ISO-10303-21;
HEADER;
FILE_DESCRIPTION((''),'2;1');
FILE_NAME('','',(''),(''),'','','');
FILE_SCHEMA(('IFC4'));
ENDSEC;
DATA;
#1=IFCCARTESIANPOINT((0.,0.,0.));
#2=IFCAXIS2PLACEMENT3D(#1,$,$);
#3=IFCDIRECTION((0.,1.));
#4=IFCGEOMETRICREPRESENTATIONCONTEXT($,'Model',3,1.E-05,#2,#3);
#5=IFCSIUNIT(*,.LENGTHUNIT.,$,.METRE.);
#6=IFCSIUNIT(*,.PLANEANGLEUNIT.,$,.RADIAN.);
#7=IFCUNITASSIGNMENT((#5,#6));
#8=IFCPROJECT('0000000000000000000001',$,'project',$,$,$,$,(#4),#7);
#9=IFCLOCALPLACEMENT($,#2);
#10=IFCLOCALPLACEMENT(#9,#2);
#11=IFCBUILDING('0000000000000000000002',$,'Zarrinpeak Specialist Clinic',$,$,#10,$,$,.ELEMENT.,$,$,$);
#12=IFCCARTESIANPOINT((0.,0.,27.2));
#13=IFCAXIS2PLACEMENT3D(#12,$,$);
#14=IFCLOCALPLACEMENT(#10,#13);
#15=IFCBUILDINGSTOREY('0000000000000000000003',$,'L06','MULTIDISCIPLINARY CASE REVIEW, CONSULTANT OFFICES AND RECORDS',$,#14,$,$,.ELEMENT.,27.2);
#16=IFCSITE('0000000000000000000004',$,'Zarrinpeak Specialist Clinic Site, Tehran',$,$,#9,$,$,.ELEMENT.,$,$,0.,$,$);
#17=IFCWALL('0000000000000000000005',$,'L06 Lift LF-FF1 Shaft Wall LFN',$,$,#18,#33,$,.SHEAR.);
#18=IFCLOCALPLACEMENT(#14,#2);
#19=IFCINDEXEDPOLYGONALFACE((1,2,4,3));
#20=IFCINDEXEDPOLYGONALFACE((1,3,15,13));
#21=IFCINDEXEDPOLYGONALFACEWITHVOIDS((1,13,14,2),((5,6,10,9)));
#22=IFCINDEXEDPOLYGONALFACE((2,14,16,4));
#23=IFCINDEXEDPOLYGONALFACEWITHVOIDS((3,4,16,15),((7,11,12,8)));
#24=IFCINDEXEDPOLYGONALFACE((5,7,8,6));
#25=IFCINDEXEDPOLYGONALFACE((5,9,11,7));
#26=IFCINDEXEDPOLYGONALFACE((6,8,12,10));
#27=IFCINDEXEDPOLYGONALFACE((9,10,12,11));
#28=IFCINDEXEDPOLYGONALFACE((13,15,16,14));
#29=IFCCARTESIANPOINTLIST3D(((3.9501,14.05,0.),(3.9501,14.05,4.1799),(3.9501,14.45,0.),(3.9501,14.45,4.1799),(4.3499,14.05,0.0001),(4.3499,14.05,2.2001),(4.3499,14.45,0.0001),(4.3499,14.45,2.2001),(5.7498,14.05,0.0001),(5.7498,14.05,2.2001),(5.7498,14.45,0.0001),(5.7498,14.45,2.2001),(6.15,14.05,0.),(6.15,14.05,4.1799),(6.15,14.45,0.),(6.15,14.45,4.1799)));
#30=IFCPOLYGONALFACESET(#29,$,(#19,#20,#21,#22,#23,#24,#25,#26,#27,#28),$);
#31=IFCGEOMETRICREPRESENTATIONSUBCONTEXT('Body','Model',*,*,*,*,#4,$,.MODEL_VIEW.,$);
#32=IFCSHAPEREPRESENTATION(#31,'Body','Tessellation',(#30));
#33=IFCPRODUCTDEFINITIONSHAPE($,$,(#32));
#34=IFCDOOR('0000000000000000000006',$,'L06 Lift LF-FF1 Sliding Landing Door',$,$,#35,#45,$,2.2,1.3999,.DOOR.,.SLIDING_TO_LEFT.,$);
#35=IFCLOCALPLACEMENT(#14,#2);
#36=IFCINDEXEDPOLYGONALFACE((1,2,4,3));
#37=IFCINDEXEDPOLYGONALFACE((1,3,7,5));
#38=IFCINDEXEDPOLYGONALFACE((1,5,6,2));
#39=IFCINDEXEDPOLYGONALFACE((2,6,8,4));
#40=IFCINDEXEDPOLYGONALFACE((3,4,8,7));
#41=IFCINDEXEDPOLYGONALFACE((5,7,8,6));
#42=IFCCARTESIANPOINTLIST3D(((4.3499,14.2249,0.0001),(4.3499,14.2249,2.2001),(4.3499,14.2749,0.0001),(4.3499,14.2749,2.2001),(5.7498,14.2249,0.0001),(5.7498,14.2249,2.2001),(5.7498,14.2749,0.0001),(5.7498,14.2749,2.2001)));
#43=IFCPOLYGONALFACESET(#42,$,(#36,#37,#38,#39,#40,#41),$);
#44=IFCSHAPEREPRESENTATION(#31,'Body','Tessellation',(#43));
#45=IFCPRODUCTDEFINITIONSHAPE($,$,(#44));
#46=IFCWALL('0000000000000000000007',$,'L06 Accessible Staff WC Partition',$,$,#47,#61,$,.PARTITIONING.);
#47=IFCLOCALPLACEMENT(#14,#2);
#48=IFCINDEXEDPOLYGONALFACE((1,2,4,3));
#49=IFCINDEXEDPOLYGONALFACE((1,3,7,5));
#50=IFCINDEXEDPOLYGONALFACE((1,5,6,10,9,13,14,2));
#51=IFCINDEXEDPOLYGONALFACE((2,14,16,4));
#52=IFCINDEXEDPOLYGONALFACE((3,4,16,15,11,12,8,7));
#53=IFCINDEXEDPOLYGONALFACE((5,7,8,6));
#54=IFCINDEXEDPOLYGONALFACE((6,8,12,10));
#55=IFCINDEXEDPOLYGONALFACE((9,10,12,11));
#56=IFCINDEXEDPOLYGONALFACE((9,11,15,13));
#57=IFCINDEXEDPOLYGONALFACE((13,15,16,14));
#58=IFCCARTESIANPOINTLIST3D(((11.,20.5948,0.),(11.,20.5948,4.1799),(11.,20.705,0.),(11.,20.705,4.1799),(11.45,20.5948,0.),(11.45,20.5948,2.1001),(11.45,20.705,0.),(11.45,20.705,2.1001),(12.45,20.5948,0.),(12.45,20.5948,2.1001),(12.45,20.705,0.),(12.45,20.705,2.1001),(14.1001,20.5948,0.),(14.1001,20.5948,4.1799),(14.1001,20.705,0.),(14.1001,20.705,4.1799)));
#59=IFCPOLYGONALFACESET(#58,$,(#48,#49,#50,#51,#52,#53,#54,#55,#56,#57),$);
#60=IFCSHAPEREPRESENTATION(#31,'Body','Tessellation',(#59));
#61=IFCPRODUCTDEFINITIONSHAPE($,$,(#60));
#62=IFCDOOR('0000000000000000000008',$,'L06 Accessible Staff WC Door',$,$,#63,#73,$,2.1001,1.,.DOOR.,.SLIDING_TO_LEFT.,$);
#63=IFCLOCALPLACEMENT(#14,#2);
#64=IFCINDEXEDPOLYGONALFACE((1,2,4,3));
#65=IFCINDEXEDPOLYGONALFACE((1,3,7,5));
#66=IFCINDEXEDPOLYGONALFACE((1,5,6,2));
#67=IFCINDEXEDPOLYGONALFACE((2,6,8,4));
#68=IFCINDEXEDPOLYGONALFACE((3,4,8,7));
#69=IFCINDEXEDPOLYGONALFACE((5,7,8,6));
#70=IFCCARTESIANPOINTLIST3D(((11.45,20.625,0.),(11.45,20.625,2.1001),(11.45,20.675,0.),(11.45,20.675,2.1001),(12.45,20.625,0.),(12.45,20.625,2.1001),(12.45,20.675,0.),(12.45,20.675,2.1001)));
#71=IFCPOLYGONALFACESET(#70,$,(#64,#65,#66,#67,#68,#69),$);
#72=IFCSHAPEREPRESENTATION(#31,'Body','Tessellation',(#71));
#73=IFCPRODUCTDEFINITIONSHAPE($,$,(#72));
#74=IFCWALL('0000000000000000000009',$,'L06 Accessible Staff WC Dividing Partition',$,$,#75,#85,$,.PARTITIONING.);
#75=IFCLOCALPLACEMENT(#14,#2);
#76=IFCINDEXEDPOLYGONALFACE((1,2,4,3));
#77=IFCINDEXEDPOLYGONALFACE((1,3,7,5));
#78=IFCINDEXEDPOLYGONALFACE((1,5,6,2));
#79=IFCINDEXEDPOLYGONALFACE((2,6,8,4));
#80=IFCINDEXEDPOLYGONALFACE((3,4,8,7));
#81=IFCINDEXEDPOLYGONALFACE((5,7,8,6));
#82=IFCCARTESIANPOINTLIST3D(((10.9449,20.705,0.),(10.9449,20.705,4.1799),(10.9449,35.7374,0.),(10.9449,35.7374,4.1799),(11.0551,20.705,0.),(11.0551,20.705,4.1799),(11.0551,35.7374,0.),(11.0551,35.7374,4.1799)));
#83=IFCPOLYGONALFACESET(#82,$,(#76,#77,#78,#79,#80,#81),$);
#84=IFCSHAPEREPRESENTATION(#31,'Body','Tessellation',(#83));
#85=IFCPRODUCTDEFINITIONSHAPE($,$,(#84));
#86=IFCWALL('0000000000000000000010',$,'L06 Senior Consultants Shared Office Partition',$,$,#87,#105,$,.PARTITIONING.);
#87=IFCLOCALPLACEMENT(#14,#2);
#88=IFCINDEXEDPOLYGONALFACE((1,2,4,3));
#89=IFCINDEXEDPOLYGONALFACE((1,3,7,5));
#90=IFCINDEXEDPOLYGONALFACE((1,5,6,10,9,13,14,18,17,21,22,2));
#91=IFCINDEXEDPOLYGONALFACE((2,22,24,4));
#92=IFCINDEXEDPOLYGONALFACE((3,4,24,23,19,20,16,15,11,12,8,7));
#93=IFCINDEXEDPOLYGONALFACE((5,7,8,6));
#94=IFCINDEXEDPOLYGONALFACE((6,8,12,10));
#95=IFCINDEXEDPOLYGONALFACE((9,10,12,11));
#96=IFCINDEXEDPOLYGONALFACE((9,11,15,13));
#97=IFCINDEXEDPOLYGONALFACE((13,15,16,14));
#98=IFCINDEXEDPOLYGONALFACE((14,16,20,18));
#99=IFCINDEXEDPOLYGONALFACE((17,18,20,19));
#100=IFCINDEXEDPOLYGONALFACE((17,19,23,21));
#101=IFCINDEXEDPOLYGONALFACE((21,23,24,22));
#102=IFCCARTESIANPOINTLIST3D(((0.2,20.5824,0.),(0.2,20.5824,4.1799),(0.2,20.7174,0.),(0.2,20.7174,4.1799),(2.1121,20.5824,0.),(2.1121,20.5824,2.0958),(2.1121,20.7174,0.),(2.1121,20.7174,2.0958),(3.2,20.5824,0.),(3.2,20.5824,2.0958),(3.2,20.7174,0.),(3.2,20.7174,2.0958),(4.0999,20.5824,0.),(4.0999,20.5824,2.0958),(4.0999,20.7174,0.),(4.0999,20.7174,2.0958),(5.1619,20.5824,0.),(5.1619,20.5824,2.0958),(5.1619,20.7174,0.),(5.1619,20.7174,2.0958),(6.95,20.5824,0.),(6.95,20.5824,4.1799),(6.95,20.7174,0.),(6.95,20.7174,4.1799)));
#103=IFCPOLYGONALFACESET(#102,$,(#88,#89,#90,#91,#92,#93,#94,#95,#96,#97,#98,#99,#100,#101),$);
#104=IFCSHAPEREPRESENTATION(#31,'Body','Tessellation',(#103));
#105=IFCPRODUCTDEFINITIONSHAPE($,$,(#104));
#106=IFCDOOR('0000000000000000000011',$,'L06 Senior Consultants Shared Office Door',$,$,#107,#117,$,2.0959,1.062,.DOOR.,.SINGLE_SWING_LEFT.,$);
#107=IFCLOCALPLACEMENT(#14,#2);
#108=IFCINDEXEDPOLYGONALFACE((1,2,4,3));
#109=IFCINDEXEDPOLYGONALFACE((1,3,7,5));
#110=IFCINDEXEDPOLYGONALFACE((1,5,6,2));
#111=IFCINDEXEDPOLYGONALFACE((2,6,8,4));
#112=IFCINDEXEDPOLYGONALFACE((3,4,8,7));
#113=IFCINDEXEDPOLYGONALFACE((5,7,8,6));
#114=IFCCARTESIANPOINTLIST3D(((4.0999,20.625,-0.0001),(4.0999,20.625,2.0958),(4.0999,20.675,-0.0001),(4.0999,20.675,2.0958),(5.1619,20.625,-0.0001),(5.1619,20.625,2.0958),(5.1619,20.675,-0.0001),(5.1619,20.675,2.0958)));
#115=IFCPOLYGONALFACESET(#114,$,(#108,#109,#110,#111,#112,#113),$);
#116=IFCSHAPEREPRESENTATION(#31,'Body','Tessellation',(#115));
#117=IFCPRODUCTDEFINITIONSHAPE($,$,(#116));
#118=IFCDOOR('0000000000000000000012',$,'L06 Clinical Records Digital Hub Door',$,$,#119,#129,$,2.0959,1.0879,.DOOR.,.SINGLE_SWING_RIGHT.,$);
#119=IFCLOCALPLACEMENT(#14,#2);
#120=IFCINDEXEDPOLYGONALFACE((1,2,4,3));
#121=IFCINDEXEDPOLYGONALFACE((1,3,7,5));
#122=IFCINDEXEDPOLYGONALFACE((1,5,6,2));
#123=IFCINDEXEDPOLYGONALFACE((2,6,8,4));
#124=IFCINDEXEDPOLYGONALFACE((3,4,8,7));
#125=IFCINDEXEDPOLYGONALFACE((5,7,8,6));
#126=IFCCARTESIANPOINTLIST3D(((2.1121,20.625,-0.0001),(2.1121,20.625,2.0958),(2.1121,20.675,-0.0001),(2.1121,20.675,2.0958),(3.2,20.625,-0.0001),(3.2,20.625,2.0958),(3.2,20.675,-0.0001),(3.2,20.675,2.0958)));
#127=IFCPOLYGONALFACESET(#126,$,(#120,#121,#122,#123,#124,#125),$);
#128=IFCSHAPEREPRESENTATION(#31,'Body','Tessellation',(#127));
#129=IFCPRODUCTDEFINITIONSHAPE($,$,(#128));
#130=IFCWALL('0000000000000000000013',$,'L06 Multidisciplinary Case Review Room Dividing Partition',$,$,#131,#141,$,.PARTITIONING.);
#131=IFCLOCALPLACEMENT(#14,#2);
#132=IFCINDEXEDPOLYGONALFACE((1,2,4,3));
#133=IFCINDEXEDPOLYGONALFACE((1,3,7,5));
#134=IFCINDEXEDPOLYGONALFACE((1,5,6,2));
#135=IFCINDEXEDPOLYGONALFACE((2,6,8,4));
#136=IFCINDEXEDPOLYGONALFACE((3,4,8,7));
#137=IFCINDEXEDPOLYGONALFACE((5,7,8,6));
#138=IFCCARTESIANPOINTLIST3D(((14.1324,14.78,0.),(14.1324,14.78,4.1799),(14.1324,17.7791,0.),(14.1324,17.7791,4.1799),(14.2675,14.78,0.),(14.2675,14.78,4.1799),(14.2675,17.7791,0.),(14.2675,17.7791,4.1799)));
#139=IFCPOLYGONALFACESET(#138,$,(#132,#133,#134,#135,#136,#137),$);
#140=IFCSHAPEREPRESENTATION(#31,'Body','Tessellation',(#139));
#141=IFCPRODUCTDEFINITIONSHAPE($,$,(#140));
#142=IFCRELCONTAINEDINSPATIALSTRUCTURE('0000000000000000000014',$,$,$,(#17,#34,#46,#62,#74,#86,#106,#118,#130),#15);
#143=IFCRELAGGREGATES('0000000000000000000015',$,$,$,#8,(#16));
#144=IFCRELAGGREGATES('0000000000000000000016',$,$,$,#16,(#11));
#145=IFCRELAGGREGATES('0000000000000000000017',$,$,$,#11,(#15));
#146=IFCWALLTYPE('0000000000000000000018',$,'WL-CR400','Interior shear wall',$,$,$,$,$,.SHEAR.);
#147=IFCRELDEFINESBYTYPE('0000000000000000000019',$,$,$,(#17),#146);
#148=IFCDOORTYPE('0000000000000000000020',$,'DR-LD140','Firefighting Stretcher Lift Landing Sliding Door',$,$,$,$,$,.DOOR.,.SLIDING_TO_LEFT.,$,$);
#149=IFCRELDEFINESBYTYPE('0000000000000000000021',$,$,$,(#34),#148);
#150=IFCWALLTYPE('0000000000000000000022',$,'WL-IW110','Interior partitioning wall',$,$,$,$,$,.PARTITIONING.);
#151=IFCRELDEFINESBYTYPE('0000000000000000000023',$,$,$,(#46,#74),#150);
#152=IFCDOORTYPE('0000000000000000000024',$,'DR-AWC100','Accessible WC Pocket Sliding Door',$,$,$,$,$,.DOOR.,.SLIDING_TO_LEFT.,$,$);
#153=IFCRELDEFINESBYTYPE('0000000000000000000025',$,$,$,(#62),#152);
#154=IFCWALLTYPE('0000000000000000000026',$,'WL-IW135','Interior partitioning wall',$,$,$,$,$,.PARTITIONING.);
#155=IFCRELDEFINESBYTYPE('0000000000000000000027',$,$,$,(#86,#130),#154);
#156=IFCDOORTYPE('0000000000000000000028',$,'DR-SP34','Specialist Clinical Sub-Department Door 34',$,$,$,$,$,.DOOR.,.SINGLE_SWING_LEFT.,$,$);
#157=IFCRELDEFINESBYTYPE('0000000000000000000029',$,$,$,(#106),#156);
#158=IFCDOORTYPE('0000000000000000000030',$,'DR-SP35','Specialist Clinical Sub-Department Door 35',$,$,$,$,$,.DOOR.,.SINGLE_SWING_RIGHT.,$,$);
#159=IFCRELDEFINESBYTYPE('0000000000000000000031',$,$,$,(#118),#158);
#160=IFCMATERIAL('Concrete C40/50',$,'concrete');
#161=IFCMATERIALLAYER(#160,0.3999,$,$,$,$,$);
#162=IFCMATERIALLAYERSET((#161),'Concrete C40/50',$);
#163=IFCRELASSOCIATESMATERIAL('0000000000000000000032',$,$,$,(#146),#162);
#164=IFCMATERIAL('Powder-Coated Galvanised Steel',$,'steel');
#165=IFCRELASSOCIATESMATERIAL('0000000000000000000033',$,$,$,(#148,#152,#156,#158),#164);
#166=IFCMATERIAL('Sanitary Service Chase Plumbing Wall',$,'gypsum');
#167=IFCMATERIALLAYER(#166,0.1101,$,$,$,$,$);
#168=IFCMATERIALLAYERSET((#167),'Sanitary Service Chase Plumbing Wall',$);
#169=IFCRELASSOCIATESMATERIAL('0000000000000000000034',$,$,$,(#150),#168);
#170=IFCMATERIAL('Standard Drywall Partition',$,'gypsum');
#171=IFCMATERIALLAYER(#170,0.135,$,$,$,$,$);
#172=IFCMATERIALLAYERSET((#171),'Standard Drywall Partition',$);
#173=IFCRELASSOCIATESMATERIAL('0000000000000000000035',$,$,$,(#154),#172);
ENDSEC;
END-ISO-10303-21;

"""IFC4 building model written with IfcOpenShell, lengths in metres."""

from ifc_helpers import new_model, si_unit, direction, frame, frame_2d, origin, place, context, subcontext, project, spatial, rectangle, extrude, material, layer, layer_set, type_object, element, fill, save


model = new_model("IFC4")

# Units and contexts
model_context = context("Model", 3, precision=1e-05, world=origin(), true_north=direction((0.0, 1.0)))
body_context = subcontext(model_context, "Body", "Model", "MODEL_VIEW")
ifc_project = project(units=[si_unit("LENGTHUNIT", "METRE"), si_unit("PLANEANGLEUNIT", "RADIAN")], contexts=[model_context])

# Site, building, storey
site_placement = place(None, origin())
site = spatial("IfcSite", under=ifc_project, at=site_placement, Name="Zarrinpeak Specialist Clinic Site, Tehran", CompositionType="ELEMENT", RefElevation=0.0)
building_placement = place(site_placement, origin())
building = spatial("IfcBuilding", under=site, at=building_placement, Name="Zarrinpeak Specialist Clinic", CompositionType="ELEMENT")
storey_placement = place(building_placement, frame((0.0, 0.0, 27.2)))
storey = spatial("IfcBuildingStorey", under=building, at=storey_placement, Name="L06", Description="MULTIDISCIPLINARY CASE REVIEW, CONSULTANT OFFICES AND RECORDS", CompositionType="ELEMENT", Elevation=27.2)

# Shared definitions
ifc_material_1 = material(Name="Concrete C40/50", Category="concrete")

# Shared definitions
ifc_layer_1 = layer(ifc_material_1, 0.3999)
ifc_layer_set_1 = layer_set([ifc_layer_1], Name="Concrete C40/50")
wall_type_1 = type_object("IfcWallType", Name="WL-CR400", Description="Interior shear wall", PredefinedType="SHEAR", material=ifc_layer_set_1)
ifc_material_2 = material(Name="Powder-Coated Galvanised Steel", Category="steel")

# Walls, openings, doors
wall_1_placement = place(storey_placement, frame((3.95, 14.25, 0.0), z_axis=(0.0, 0.0, 1.0), x_axis=(1.0, 0.0, 0.0)))
wall_1 = element("IfcWall", 1, at=wall_1_placement, inside=storey, type_object=wall_type_1, Name="L06 Lift LF-FF1 Shaft Wall LFN", PredefinedType="SHEAR", context=body_context, shape_type="SweptSolid", body=[
    extrude(rectangle(XDim=2.2, YDim=0.3999, at=frame_2d((1.1001, 0.0))), origin(), (0.0, 0.0, 1.0), 4.1799),
])
opening_1_placement = place(wall_1_placement, frame((0.3999, 0.0, 0.0)))
opening_1 = element("IfcOpeningElement", 2, at=opening_1_placement, cuts=wall_1, PredefinedType="OPENING", context=body_context, shape_type="SweptSolid", body=[
    extrude(rectangle(XDim=1.3999, YDim=2.2, at=frame_2d((0.7, 1.1001))), frame((0.0, 0.21, 0.0), z_axis=(0.0, -1.0, 0.0), x_axis=(1.0, 0.0, 0.0)), (0.0, 0.0, 1.0), 0.4199),
])
door_type_1 = type_object("IfcDoorType", Name="DR-LD140", Description="Firefighting Stretcher Lift Landing Sliding Door", OperationType="SLIDING_TO_LEFT", PredefinedType="DOOR", material=ifc_material_2)
door_1_placement = place(opening_1_placement, origin())
door_1 = element("IfcDoor", 3, at=door_1_placement, inside=storey, type_object=door_type_1, Name="L06 Lift LF-FF1 Sliding Landing Door", OperationType="SLIDING_TO_LEFT", OverallHeight=2.2, OverallWidth=1.3999, PredefinedType="DOOR", context=body_context, shape_type="SweptSolid", body=[
    extrude(rectangle(XDim=1.3999, YDim=2.2, at=frame_2d((0.7, 1.1001))), frame((0.0, 0.0249, 0.0), z_axis=(0.0, -1.0, 0.0), x_axis=(1.0, 0.0, 0.0)), (0.0, 0.0, 1.0), 0.05),
])
fill(opening_1, door_1)
ifc_material_3 = material(Name="Sanitary Service Chase Plumbing Wall", Category="gypsum")
ifc_layer_2 = layer(ifc_material_3, 0.1101)
ifc_layer_set_2 = layer_set([ifc_layer_2], Name="Sanitary Service Chase Plumbing Wall")
wall_type_2 = type_object("IfcWallType", Name="WL-IW110", Description="Interior partitioning wall", PredefinedType="PARTITIONING", material=ifc_layer_set_2)
wall_2_placement = place(storey_placement, frame((11.0, 20.6499, 0.0), z_axis=(0.0, 0.0, 1.0), x_axis=(1.0, 0.0, 0.0)))
wall_2 = element("IfcWall", 4, at=wall_2_placement, inside=storey, type_object=wall_type_2, Name="L06 Accessible Staff WC Partition", PredefinedType="PARTITIONING", context=body_context, shape_type="SweptSolid", body=[
    extrude(rectangle(XDim=3.1001, YDim=0.1101, at=frame_2d((1.55, 0.0))), origin(), (0.0, 0.0, 1.0), 4.1799),
])
opening_2_placement = place(wall_2_placement, frame((0.45, 0.0, 0.0)))
opening_2 = element("IfcOpeningElement", 5, at=opening_2_placement, cuts=wall_2, PredefinedType="OPENING", context=body_context, shape_type="SweptSolid", body=[
    extrude(rectangle(XDim=1.0, YDim=2.1001, at=frame_2d((0.5, 1.05))), frame((0.0, 0.0649, 0.0), z_axis=(0.0, -1.0, 0.0), x_axis=(1.0, 0.0, 0.0)), (0.0, 0.0, 1.0), 0.1301),
])
door_type_2 = type_object("IfcDoorType", Name="DR-AWC100", Description="Accessible WC Pocket Sliding Door", OperationType="SLIDING_TO_LEFT", PredefinedType="DOOR", material=ifc_material_2)
door_2_placement = place(opening_2_placement, frame((1.0, 0.0, 0.0), z_axis=(0.0, 0.0, 1.0), x_axis=(-1.0, 0.0, 0.0)))
door_2 = element("IfcDoor", 6, at=door_2_placement, inside=storey, type_object=door_type_2, Name="L06 Accessible Staff WC Door", OperationType="SLIDING_TO_LEFT", OverallHeight=2.1001, OverallWidth=1.0, PredefinedType="DOOR", context=body_context, shape_type="SweptSolid", body=[
    extrude(rectangle(XDim=1.0, YDim=2.1001, at=frame_2d((0.5, 1.05))), frame((0.0, 0.0249, 0.0), z_axis=(0.0, -1.0, 0.0), x_axis=(1.0, 0.0, 0.0)), (0.0, 0.0, 1.0), 0.05),
])
fill(opening_2, door_2)

# Wall
wall_3_placement = place(storey_placement, frame((11.0, 20.7051, 0.0), z_axis=(0.0, 0.0, 1.0), x_axis=(0.0, 1.0, 0.0)))
element("IfcWall", 7, at=wall_3_placement, inside=storey, type_object=wall_type_2, Name="L06 Accessible Staff WC Dividing Partition", PredefinedType="PARTITIONING", context=body_context, shape_type="SweptSolid", body=[
    extrude(rectangle(XDim=15.0325, YDim=0.1101, at=frame_2d((7.5161, 0.0))), origin(), (0.0, 0.0, 1.0), 4.1799),
])

# Wall, openings, doors
ifc_material_4 = material(Name="Standard Drywall Partition", Category="gypsum")
ifc_layer_3 = layer(ifc_material_4, 0.135)
ifc_layer_set_3 = layer_set([ifc_layer_3], Name="Standard Drywall Partition")
wall_type_3 = type_object("IfcWallType", Name="WL-IW135", Description="Interior partitioning wall", PredefinedType="PARTITIONING", material=ifc_layer_set_3)
wall_4_placement = place(storey_placement, frame((0.2, 20.6499, 0.0), z_axis=(0.0, 0.0, 1.0), x_axis=(1.0, 0.0, 0.0)))
wall_4 = element("IfcWall", 8, at=wall_4_placement, inside=storey, type_object=wall_type_3, Name="L06 Senior Consultants Shared Office Partition", PredefinedType="PARTITIONING", context=body_context, shape_type="SweptSolid", body=[
    extrude(rectangle(XDim=6.75, YDim=0.135, at=frame_2d((3.375, 0.0))), origin(), (0.0, 0.0, 1.0), 4.1799),
])
opening_3_placement = place(wall_4_placement, frame((3.8999, 0.0, 0.0)))
opening_3 = element("IfcOpeningElement", 9, at=opening_3_placement, cuts=wall_4, PredefinedType="OPENING", context=body_context, shape_type="SweptSolid", body=[
    extrude(rectangle(XDim=1.062, YDim=2.0959, at=frame_2d((0.531, 1.0479))), frame((0.0, 0.0776, 0.0), z_axis=(0.0, -1.0, 0.0), x_axis=(1.0, 0.0, 0.0)), (0.0, 0.0, 1.0), 0.155),
])
opening_4_placement = place(wall_4_placement, frame((1.9121, 0.0, 0.0)))
opening_4 = element("IfcOpeningElement", 10, at=opening_4_placement, cuts=wall_4, PredefinedType="OPENING", context=body_context, shape_type="SweptSolid", body=[
    extrude(rectangle(XDim=1.0879, YDim=2.0959, at=frame_2d((0.5439, 1.0479))), frame((0.0, 0.0776, 0.0), z_axis=(0.0, -1.0, 0.0), x_axis=(1.0, 0.0, 0.0)), (0.0, 0.0, 1.0), 0.155),
])
door_type_3 = type_object("IfcDoorType", Name="DR-SP34", Description="Specialist Clinical Sub-Department Door 34", OperationType="SINGLE_SWING_LEFT", PredefinedType="DOOR", material=ifc_material_2)
door_3_placement = place(opening_3_placement, frame((1.062, 0.0, 0.0), z_axis=(0.0, 0.0, 1.0), x_axis=(-1.0, 0.0, 0.0)))
door_3 = element("IfcDoor", 11, at=door_3_placement, inside=storey, type_object=door_type_3, Name="L06 Senior Consultants Shared Office Door", OperationType="SINGLE_SWING_LEFT", OverallHeight=2.0959, OverallWidth=1.062, PredefinedType="DOOR", context=body_context, shape_type="SweptSolid", body=[
    extrude(rectangle(XDim=1.062, YDim=2.0959, at=frame_2d((0.531, 1.0479))), frame((0.0, 0.0249, 0.0), z_axis=(0.0, -1.0, 0.0), x_axis=(1.0, 0.0, 0.0)), (0.0, 0.0, 1.0), 0.05),
])
fill(opening_3, door_3)
door_type_4 = type_object("IfcDoorType", Name="DR-SP35", Description="Specialist Clinical Sub-Department Door 35", OperationType="SINGLE_SWING_RIGHT", PredefinedType="DOOR", material=ifc_material_2)
door_4_placement = place(opening_4_placement, frame((1.0879, 0.0, 0.0), z_axis=(0.0, 0.0, 1.0), x_axis=(-1.0, 0.0, 0.0)))
door_4 = element("IfcDoor", 12, at=door_4_placement, inside=storey, type_object=door_type_4, Name="L06 Clinical Records Digital Hub Door", OperationType="SINGLE_SWING_RIGHT", OverallHeight=2.0959, OverallWidth=1.0879, PredefinedType="DOOR", context=body_context, shape_type="SweptSolid", body=[
    extrude(rectangle(XDim=1.0879, YDim=2.0959, at=frame_2d((0.5439, 1.0479))), frame((0.0, 0.0249, 0.0), z_axis=(0.0, -1.0, 0.0), x_axis=(1.0, 0.0, 0.0)), (0.0, 0.0, 1.0), 0.05),
])
fill(opening_4, door_4)

# Wall
wall_5_placement = place(storey_placement, frame((14.2, 14.78, 0.0), z_axis=(0.0, 0.0, 1.0), x_axis=(0.0, 1.0, 0.0)))
element("IfcWall", 13, at=wall_5_placement, inside=storey, type_object=wall_type_3, Name="L06 Multidisciplinary Case Review Room Dividing Partition", PredefinedType="PARTITIONING", context=body_context, shape_type="SweptSolid", body=[
    extrude(rectangle(XDim=2.999, YDim=0.135, at=frame_2d((1.4995, 0.0))), origin(), (0.0, 0.0, 1.0), 4.1799),
])

save(model, "model.ifc")
